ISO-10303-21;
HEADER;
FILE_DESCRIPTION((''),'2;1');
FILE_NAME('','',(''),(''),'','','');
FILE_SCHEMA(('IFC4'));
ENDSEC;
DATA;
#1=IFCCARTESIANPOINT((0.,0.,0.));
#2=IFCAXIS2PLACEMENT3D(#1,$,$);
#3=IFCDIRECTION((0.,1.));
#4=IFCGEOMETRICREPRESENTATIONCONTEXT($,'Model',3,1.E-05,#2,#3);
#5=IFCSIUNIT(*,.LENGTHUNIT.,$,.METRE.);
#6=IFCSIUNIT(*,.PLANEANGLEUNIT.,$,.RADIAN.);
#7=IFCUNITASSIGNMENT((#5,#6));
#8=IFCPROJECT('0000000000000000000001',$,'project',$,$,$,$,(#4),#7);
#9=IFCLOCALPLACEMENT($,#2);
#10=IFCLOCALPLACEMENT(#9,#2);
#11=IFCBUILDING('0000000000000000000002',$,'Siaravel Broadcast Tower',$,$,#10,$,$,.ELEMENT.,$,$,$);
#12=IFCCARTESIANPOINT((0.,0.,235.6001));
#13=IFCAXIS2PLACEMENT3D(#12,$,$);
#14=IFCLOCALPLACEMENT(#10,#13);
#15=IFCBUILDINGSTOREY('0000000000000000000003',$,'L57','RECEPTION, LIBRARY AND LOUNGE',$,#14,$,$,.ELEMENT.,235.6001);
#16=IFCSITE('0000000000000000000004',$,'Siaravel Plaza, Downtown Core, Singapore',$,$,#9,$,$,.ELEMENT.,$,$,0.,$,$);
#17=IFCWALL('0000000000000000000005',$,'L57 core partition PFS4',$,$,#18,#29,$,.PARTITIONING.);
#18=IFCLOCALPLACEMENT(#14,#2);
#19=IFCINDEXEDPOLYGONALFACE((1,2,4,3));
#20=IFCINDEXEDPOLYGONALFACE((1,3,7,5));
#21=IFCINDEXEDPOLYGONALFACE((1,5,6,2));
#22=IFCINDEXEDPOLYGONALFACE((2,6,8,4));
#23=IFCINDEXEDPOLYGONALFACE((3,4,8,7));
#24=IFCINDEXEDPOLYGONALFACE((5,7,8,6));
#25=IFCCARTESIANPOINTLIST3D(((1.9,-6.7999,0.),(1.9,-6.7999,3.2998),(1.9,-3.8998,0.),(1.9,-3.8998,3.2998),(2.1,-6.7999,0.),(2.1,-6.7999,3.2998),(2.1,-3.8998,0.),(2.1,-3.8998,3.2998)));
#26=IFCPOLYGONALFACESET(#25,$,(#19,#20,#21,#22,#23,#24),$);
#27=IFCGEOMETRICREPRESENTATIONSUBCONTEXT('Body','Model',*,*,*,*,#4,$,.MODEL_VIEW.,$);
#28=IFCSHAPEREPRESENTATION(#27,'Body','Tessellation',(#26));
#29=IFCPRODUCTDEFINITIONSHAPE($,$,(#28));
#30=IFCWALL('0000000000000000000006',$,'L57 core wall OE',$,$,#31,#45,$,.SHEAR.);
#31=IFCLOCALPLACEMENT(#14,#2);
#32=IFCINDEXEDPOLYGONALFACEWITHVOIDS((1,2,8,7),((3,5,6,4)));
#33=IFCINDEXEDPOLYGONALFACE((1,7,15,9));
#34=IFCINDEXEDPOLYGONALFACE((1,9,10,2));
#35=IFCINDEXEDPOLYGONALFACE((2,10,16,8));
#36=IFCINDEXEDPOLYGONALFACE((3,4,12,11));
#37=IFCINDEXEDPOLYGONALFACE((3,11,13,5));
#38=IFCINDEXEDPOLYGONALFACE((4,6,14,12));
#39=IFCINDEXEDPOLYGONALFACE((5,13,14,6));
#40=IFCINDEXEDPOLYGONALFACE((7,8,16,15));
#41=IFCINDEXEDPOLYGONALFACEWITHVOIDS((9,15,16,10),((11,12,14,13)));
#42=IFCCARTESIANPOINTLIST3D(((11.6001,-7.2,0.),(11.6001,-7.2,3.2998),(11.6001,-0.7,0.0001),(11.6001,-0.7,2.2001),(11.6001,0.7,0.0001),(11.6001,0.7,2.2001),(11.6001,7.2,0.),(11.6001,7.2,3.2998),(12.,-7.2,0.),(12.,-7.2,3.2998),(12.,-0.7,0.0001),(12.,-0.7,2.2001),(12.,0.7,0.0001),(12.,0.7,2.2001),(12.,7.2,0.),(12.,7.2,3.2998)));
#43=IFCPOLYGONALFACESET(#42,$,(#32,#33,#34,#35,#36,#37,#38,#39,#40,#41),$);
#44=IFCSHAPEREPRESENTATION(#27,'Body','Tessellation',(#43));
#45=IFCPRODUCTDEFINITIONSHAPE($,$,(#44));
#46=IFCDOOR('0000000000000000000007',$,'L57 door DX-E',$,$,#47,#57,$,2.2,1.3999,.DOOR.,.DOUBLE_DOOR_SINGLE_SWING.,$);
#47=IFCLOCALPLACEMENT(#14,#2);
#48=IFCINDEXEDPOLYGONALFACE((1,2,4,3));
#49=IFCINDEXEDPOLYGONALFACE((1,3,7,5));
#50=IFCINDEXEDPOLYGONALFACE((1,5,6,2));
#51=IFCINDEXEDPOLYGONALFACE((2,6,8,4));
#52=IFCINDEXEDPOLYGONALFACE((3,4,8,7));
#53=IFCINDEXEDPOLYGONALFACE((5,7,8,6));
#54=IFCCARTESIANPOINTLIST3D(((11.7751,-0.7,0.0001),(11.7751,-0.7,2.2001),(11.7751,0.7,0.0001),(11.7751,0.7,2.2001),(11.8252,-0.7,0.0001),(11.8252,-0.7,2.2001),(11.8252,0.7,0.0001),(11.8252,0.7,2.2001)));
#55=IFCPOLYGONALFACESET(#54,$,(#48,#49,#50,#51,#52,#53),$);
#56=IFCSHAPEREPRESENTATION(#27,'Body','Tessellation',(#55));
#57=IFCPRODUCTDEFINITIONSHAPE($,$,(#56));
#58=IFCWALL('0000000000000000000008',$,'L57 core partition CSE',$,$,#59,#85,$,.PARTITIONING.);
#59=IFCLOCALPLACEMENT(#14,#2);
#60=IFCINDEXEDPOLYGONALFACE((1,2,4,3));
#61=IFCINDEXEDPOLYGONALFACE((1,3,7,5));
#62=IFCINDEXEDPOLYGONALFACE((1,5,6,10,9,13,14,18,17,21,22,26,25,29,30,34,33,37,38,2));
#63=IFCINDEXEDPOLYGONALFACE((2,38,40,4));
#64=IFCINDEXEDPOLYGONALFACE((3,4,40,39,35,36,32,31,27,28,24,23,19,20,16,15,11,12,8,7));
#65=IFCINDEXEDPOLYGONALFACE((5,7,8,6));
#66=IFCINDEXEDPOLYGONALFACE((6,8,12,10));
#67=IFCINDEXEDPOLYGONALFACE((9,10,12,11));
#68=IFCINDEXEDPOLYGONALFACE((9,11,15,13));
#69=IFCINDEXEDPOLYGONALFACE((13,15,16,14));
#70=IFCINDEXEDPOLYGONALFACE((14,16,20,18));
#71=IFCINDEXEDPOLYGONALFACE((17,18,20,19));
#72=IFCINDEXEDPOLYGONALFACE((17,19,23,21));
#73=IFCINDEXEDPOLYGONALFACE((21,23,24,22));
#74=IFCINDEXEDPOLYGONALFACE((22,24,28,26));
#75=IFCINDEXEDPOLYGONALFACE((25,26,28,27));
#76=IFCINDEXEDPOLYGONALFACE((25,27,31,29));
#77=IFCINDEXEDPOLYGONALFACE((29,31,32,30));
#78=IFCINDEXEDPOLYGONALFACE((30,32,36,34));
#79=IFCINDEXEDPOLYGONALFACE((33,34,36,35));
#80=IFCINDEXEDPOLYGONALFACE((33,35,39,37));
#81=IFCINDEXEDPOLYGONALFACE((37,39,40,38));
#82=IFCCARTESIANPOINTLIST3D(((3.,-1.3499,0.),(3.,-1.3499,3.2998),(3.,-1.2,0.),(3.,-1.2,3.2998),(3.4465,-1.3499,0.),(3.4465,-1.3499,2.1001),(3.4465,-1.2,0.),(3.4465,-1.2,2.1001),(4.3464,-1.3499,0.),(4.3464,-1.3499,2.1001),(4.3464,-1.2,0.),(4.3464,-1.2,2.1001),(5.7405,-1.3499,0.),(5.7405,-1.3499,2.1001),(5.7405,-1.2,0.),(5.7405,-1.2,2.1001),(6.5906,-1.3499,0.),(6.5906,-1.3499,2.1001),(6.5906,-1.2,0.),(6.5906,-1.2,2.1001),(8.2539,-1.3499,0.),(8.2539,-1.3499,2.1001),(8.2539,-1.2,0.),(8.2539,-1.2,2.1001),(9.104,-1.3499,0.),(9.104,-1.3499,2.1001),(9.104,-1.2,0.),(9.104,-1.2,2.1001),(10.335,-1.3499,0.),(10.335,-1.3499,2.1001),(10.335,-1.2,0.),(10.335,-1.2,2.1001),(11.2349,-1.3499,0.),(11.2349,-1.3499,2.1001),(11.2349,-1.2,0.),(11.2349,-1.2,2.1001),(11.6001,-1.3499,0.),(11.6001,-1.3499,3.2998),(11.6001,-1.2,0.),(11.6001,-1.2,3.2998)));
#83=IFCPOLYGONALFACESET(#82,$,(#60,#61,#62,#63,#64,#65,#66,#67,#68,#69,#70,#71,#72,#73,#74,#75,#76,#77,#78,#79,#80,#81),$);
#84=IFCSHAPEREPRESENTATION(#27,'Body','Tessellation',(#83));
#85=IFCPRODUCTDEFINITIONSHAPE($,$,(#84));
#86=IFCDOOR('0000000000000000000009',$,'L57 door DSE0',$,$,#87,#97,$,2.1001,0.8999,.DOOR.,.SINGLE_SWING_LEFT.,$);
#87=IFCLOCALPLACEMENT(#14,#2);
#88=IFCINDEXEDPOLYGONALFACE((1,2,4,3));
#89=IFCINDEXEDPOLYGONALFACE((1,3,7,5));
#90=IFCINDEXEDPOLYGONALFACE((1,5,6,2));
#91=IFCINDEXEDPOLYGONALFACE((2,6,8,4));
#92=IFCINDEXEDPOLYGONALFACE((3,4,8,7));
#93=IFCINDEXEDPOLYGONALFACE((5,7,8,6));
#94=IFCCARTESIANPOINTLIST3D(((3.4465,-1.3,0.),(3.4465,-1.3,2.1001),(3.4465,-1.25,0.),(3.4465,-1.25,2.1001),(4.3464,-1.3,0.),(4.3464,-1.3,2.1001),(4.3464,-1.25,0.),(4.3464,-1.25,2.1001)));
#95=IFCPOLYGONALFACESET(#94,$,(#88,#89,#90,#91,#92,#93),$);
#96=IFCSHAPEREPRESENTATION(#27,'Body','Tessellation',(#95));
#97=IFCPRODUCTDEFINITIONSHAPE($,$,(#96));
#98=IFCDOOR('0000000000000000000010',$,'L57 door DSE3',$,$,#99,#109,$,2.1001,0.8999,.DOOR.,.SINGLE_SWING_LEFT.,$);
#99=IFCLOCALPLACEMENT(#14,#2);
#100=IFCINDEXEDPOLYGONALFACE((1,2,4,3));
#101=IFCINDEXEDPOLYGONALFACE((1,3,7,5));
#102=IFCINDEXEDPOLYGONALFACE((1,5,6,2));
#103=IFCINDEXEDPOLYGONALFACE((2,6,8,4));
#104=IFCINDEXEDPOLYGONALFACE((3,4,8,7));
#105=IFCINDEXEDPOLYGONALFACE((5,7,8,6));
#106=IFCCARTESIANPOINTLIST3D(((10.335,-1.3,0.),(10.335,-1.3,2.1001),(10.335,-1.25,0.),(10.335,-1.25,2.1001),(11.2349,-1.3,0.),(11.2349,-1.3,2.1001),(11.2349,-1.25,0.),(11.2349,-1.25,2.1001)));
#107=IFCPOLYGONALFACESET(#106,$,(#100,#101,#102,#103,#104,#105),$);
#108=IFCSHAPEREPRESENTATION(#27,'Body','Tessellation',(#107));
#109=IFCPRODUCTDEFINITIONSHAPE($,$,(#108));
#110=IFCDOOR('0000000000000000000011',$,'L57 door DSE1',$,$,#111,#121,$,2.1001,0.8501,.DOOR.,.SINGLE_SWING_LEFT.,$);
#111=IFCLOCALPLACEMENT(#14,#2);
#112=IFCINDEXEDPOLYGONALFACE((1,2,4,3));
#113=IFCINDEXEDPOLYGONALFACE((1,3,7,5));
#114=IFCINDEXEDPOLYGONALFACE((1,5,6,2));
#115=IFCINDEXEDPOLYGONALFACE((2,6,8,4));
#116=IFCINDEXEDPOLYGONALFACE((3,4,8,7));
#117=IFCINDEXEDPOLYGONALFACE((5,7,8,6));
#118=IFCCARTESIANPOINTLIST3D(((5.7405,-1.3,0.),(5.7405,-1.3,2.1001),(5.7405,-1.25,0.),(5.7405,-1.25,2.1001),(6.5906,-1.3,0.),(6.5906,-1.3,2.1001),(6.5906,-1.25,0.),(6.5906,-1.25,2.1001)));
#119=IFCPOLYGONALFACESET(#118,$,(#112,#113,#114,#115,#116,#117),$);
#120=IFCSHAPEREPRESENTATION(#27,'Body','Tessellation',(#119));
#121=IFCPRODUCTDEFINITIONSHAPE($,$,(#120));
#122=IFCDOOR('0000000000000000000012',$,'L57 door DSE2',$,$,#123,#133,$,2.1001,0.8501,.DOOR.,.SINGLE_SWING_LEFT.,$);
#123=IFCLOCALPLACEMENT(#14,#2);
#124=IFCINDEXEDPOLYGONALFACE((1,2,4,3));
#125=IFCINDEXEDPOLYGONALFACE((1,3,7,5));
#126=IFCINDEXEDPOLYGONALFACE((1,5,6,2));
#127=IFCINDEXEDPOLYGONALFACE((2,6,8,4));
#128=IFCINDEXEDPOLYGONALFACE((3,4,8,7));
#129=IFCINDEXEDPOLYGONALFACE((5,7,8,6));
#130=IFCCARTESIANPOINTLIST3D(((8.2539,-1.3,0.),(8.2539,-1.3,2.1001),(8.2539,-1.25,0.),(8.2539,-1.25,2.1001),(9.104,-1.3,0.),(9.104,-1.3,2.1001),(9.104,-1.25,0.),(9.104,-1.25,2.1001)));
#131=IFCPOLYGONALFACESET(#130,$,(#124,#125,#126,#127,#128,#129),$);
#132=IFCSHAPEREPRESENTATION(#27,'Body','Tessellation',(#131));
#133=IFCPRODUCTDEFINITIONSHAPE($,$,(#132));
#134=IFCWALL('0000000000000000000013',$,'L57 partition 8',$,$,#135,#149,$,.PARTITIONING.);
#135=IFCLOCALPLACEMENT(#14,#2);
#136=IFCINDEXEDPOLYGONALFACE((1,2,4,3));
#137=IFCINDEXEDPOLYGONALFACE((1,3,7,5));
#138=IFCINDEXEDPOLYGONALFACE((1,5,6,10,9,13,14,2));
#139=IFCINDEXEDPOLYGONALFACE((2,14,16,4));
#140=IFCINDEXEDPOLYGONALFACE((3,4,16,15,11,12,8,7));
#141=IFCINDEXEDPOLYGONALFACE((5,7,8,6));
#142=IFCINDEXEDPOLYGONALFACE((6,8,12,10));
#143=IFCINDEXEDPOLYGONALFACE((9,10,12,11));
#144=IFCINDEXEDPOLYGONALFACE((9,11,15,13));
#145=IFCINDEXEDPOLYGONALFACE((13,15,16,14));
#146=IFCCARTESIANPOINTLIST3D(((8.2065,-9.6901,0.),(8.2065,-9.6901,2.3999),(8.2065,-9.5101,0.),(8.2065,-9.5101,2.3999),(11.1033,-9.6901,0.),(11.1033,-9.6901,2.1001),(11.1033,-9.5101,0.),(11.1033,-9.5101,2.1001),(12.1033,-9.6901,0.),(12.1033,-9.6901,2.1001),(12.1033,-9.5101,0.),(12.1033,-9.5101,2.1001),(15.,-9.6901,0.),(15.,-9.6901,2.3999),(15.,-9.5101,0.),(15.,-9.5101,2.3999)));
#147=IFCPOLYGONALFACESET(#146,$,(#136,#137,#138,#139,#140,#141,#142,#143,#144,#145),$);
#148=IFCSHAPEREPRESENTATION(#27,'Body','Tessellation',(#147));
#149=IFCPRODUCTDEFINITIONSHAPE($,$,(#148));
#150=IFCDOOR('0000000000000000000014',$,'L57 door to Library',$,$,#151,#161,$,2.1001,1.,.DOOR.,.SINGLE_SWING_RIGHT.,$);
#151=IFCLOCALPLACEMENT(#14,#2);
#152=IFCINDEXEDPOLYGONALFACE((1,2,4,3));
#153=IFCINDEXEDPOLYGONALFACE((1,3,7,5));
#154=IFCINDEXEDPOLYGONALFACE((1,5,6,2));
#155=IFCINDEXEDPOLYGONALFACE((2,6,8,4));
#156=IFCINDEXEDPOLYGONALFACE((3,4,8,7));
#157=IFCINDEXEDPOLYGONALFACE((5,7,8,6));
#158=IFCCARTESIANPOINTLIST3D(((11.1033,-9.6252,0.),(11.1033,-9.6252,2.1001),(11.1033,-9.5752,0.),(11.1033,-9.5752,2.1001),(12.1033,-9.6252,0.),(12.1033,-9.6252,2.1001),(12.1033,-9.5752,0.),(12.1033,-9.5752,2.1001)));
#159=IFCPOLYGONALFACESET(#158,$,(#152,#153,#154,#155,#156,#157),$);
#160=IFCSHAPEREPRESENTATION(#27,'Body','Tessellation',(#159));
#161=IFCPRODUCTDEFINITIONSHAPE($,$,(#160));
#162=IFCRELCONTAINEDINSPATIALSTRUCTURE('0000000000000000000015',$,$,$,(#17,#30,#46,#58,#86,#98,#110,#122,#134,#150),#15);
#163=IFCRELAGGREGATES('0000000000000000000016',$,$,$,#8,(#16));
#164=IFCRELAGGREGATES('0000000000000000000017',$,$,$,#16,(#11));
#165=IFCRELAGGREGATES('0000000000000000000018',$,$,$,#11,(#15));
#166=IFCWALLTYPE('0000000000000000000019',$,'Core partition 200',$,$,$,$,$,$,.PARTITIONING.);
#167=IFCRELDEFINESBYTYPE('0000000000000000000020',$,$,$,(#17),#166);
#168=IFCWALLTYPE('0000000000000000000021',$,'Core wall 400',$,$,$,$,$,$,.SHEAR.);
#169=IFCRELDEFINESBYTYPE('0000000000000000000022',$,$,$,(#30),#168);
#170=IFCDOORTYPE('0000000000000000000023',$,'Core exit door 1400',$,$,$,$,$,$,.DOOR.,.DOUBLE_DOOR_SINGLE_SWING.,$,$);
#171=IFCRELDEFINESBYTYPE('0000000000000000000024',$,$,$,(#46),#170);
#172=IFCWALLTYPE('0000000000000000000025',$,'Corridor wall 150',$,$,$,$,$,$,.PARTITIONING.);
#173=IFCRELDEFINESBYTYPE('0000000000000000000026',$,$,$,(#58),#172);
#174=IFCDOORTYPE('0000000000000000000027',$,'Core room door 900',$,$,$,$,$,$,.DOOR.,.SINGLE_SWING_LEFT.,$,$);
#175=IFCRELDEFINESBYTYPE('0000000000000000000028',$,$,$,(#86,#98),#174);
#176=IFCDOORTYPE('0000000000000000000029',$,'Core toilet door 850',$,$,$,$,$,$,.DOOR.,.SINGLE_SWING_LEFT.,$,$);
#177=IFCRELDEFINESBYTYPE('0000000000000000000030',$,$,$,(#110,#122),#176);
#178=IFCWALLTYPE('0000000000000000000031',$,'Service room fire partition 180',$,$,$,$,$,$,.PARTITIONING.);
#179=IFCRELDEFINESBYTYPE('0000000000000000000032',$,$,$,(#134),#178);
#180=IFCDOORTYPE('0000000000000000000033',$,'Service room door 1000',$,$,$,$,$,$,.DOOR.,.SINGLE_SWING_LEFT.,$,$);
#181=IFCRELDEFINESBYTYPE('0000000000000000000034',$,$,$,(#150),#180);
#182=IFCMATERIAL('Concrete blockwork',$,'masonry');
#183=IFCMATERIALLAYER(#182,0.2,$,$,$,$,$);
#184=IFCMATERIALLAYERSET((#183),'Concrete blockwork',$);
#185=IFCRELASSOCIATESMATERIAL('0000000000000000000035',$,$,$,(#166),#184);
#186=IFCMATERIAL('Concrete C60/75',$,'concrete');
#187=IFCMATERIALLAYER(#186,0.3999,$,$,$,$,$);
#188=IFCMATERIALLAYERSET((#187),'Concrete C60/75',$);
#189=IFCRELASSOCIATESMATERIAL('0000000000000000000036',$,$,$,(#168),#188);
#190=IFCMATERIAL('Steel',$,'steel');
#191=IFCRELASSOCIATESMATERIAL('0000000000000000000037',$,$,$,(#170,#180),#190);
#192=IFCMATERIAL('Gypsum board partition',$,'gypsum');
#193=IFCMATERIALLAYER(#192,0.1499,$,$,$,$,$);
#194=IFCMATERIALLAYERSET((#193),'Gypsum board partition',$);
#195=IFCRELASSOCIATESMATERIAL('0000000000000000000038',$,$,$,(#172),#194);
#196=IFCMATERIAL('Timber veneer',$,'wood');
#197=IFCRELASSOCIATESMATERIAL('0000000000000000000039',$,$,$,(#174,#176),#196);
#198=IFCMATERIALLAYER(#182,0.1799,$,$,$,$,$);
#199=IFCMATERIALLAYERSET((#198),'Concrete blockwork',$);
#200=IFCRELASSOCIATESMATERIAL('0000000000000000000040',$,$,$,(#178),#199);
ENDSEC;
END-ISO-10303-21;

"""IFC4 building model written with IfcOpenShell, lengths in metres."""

from ifc_helpers import new_model, si_unit, direction, frame, frame_2d, origin, place, context, subcontext, project, spatial, rectangle, extrude, material, layer, layer_set, type_object, element, fill, save


model = new_model("IFC4")

# Units and contexts
model_context = context("Model", 3, precision=1e-05, world=origin(), true_north=direction((0.0, 1.0)))
body_context = subcontext(model_context, "Body", "Model", "MODEL_VIEW")
ifc_project = project(units=[si_unit("LENGTHUNIT", "METRE"), si_unit("PLANEANGLEUNIT", "RADIAN")], contexts=[model_context])

# Site, building, storey
site_placement = place(None, origin())
site = spatial("IfcSite", under=ifc_project, at=site_placement, Name="Siaravel Plaza, Downtown Core, Singapore", CompositionType="ELEMENT", RefElevation=0.0)
building_placement = place(site_placement, origin())
building = spatial("IfcBuilding", under=site, at=building_placement, Name="Siaravel Broadcast Tower", CompositionType="ELEMENT")
storey_placement = place(building_placement, frame((0.0, 0.0, 235.6001)))
storey = spatial("IfcBuildingStorey", under=building, at=storey_placement, Name="L57", Description="RECEPTION, LIBRARY AND LOUNGE", CompositionType="ELEMENT", Elevation=235.6001)

# Wall
ifc_material_1 = material(Name="Concrete blockwork", Category="masonry")
ifc_layer_1 = layer(ifc_material_1, 0.2)
ifc_layer_set_1 = layer_set([ifc_layer_1], Name="Concrete blockwork")
wall_type_1 = type_object("IfcWallType", Name="Core partition 200", PredefinedType="PARTITIONING", material=ifc_layer_set_1)
wall_1_placement = place(storey_placement, frame((2.0, -6.8, 0.0), z_axis=(0.0, 0.0, 1.0), x_axis=(0.0, 1.0, 0.0)))
element("IfcWall", 1, at=wall_1_placement, inside=storey, type_object=wall_type_1, Name="L57 core partition PFS4", PredefinedType="PARTITIONING", context=body_context, shape_type="SweptSolid", body=[
    extrude(rectangle(XDim=2.9001, YDim=0.2, at=frame_2d((1.4502, 0.0))), origin(), (0.0, 0.0, 1.0), 3.2998),
])

# Wall, opening, door
ifc_material_2 = material(Name="Concrete C60/75", Category="concrete")
ifc_layer_2 = layer(ifc_material_2, 0.3999)
ifc_layer_set_2 = layer_set([ifc_layer_2], Name="Concrete C60/75")
wall_type_2 = type_object("IfcWallType", Name="Core wall 400", PredefinedType="SHEAR", material=ifc_layer_set_2)
wall_2_placement = place(storey_placement, frame((11.8, -7.2, 0.0), z_axis=(0.0, 0.0, 1.0), x_axis=(0.0, 1.0, 0.0)))
wall_2 = element("IfcWall", 2, at=wall_2_placement, inside=storey, type_object=wall_type_2, Name="L57 core wall OE", PredefinedType="SHEAR", context=body_context, shape_type="SweptSolid", body=[
    extrude(rectangle(XDim=14.3999, YDim=0.3999, at=frame_2d((7.2, 0.0))), origin(), (0.0, 0.0, 1.0), 3.2998),
])
opening_1_placement = place(wall_2_placement, frame((6.5, 0.0, 0.0)))
opening_1 = element("IfcOpeningElement", 3, at=opening_1_placement, cuts=wall_2, PredefinedType="OPENING", context=body_context, shape_type="SweptSolid", body=[
    extrude(rectangle(XDim=1.3999, YDim=2.2, at=frame_2d((0.7, 1.1001))), frame((0.0, 0.21, 0.0), z_axis=(0.0, -1.0, 0.0), x_axis=(1.0, 0.0, 0.0)), (0.0, 0.0, 1.0), 0.4199),
])
ifc_material_3 = material(Name="Steel", Category="steel")
door_type_1 = type_object("IfcDoorType", Name="Core exit door 1400", OperationType="DOUBLE_DOOR_SINGLE_SWING", PredefinedType="DOOR", material=ifc_material_3)
door_1_placement = place(opening_1_placement, origin())
door_1 = element("IfcDoor", 4, at=door_1_placement, inside=storey, type_object=door_type_1, Name="L57 door DX-E", OperationType="DOUBLE_DOOR_SINGLE_SWING", OverallHeight=2.2, OverallWidth=1.3999, PredefinedType="DOOR", context=body_context, shape_type="SweptSolid", body=[
    extrude(rectangle(XDim=1.3999, YDim=2.2, at=frame_2d((0.7, 1.1001))), frame((0.0, 0.0249, 0.0), z_axis=(0.0, -1.0, 0.0), x_axis=(1.0, 0.0, 0.0)), (0.0, 0.0, 1.0), 0.05),
])
fill(opening_1, door_1)

# Wall, openings, doors
ifc_material_4 = material(Name="Gypsum board partition", Category="gypsum")
ifc_layer_3 = layer(ifc_material_4, 0.1499)
ifc_layer_set_3 = layer_set([ifc_layer_3], Name="Gypsum board partition")
wall_type_3 = type_object("IfcWallType", Name="Corridor wall 150", PredefinedType="PARTITIONING", material=ifc_layer_set_3)
wall_3_placement = place(storey_placement, frame((3.0, -1.2749, 0.0), z_axis=(0.0, 0.0, 1.0), x_axis=(1.0, 0.0, 0.0)))
wall_3 = element("IfcWall", 5, at=wall_3_placement, inside=storey, type_object=wall_type_3, Name="L57 core partition CSE", PredefinedType="PARTITIONING", context=body_context, shape_type="SweptSolid", body=[
    extrude(rectangle(XDim=8.6001, YDim=0.1499, at=frame_2d((4.3, 0.0))), origin(), (0.0, 0.0, 1.0), 3.2998),
])
opening_2_placement = place(wall_3_placement, frame((0.4465, 0.0, 0.0)))
opening_2 = element("IfcOpeningElement", 6, at=opening_2_placement, cuts=wall_3, PredefinedType="OPENING", context=body_context, shape_type="SweptSolid", body=[
    extrude(rectangle(XDim=0.8999, YDim=2.1001, at=frame_2d((0.45, 1.05))), frame((0.0, 0.085, 0.0), z_axis=(0.0, -1.0, 0.0), x_axis=(1.0, 0.0, 0.0)), (0.0, 0.0, 1.0), 0.1699),
])
opening_3_placement = place(wall_3_placement, frame((2.7405, 0.0, 0.0)))
opening_3 = element("IfcOpeningElement", 7, at=opening_3_placement, cuts=wall_3, PredefinedType="OPENING", context=body_context, shape_type="SweptSolid", body=[
    extrude(rectangle(XDim=0.8501, YDim=2.1001, at=frame_2d((0.425, 1.05))), frame((0.0, 0.085, 0.0), z_axis=(0.0, -1.0, 0.0), x_axis=(1.0, 0.0, 0.0)), (0.0, 0.0, 1.0), 0.1699),
])
opening_4_placement = place(wall_3_placement, frame((5.2539, 0.0, 0.0)))
opening_4 = element("IfcOpeningElement", 8, at=opening_4_placement, cuts=wall_3, PredefinedType="OPENING", context=body_context, shape_type="SweptSolid", body=[
    extrude(rectangle(XDim=0.8501, YDim=2.1001, at=frame_2d((0.425, 1.05))), frame((0.0, 0.085, 0.0), z_axis=(0.0, -1.0, 0.0), x_axis=(1.0, 0.0, 0.0)), (0.0, 0.0, 1.0), 0.1699),
])
opening_5_placement = place(wall_3_placement, frame((7.335, 0.0, 0.0)))
opening_5 = element("IfcOpeningElement", 9, at=opening_5_placement, cuts=wall_3, PredefinedType="OPENING", context=body_context, shape_type="SweptSolid", body=[
    extrude(rectangle(XDim=0.8999, YDim=2.1001, at=frame_2d((0.45, 1.05))), frame((0.0, 0.085, 0.0), z_axis=(0.0, -1.0, 0.0), x_axis=(1.0, 0.0, 0.0)), (0.0, 0.0, 1.0), 0.1699),
])
ifc_material_5 = material(Name="Timber veneer", Category="wood")
door_type_2 = type_object("IfcDoorType", Name="Core room door 900", OperationType="SINGLE_SWING_LEFT", PredefinedType="DOOR", material=ifc_material_5)
door_2_placement = place(opening_2_placement, origin())
door_2 = element("IfcDoor", 10, at=door_2_placement, inside=storey, type_object=door_type_2, Name="L57 door DSE0", OperationType="SINGLE_SWING_LEFT", OverallHeight=2.1001, OverallWidth=0.8999, PredefinedType="DOOR", context=body_context, shape_type="SweptSolid", body=[
    extrude(rectangle(XDim=0.8999, YDim=2.1001, at=frame_2d((0.45, 1.05))), frame((0.0, 0.0249, 0.0), z_axis=(0.0, -1.0, 0.0), x_axis=(1.0, 0.0, 0.0)), (0.0, 0.0, 1.0), 0.05),
])
fill(opening_2, door_2)
door_3_placement = place(opening_5_placement, origin())
door_3 = element("IfcDoor", 11, at=door_3_placement, inside=storey, type_object=door_type_2, Name="L57 door DSE3", OperationType="SINGLE_SWING_LEFT", OverallHeight=2.1001, OverallWidth=0.8999, PredefinedType="DOOR", context=body_context, shape_type="SweptSolid", body=[
    extrude(rectangle(XDim=0.8999, YDim=2.1001, at=frame_2d((0.45, 1.05))), frame((0.0, 0.0249, 0.0), z_axis=(0.0, -1.0, 0.0), x_axis=(1.0, 0.0, 0.0)), (0.0, 0.0, 1.0), 0.05),
])
fill(opening_5, door_3)
door_type_3 = type_object("IfcDoorType", Name="Core toilet door 850", OperationType="SINGLE_SWING_LEFT", PredefinedType="DOOR", material=ifc_material_5)
door_4_placement = place(opening_3_placement, origin())
door_4 = element("IfcDoor", 12, at=door_4_placement, inside=storey, type_object=door_type_3, Name="L57 door DSE1", OperationType="SINGLE_SWING_LEFT", OverallHeight=2.1001, OverallWidth=0.8501, PredefinedType="DOOR", context=body_context, shape_type="SweptSolid", body=[
    extrude(rectangle(XDim=0.8501, YDim=2.1001, at=frame_2d((0.425, 1.05))), frame((0.0, 0.0249, 0.0), z_axis=(0.0, -1.0, 0.0), x_axis=(1.0, 0.0, 0.0)), (0.0, 0.0, 1.0), 0.05),
])
fill(opening_3, door_4)
door_5_placement = place(opening_4_placement, origin())
door_5 = element("IfcDoor", 13, at=door_5_placement, inside=storey, type_object=door_type_3, Name="L57 door DSE2", OperationType="SINGLE_SWING_LEFT", OverallHeight=2.1001, OverallWidth=0.8501, PredefinedType="DOOR", context=body_context, shape_type="SweptSolid", body=[
    extrude(rectangle(XDim=0.8501, YDim=2.1001, at=frame_2d((0.425, 1.05))), frame((0.0, 0.0249, 0.0), z_axis=(0.0, -1.0, 0.0), x_axis=(1.0, 0.0, 0.0)), (0.0, 0.0, 1.0), 0.05),
])
fill(opening_4, door_5)

# Wall, opening, door
ifc_layer_4 = layer(ifc_material_1, 0.1799)
ifc_layer_set_4 = layer_set([ifc_layer_4], Name="Concrete blockwork")
wall_type_4 = type_object("IfcWallType", Name="Service room fire partition 180", PredefinedType="PARTITIONING", material=ifc_layer_set_4)
wall_4_placement = place(storey_placement, frame((8.2065, -9.6001, 0.0), z_axis=(0.0, 0.0, 1.0), x_axis=(1.0, 0.0, 0.0)))
wall_4 = element("IfcWall", 14, at=wall_4_placement, inside=storey, type_object=wall_type_4, Name="L57 partition 8", PredefinedType="PARTITIONING", context=body_context, shape_type="SweptSolid", body=[
    extrude(rectangle(XDim=6.7935, YDim=0.1799, at=frame_2d((3.3967, 0.0))), origin(), (0.0, 0.0, 1.0), 2.3999),
])
opening_6_placement = place(wall_4_placement, frame((2.8967, 0.0, 0.0)))
opening_6 = element("IfcOpeningElement", 15, at=opening_6_placement, cuts=wall_4, PredefinedType="OPENING", context=body_context, shape_type="SweptSolid", body=[
    extrude(rectangle(XDim=1.0, YDim=2.1001, at=frame_2d((0.5, 1.05))), frame((0.0, 0.0999, 0.0), z_axis=(0.0, -1.0, 0.0), x_axis=(1.0, 0.0, 0.0)), (0.0, 0.0, 1.0), 0.2),
])
door_type_4 = type_object("IfcDoorType", Name="Service room door 1000", OperationType="SINGLE_SWING_LEFT", PredefinedType="DOOR", material=ifc_material_3)
door_6_placement = place(opening_6_placement, origin())
door_6 = element("IfcDoor", 16, at=door_6_placement, inside=storey, type_object=door_type_4, Name="L57 door to Library", OperationType="SINGLE_SWING_RIGHT", OverallHeight=2.1001, OverallWidth=1.0, PredefinedType="DOOR", context=body_context, shape_type="SweptSolid", body=[
    extrude(rectangle(XDim=1.0, YDim=2.1001, at=frame_2d((0.5, 1.05))), frame((0.0, 0.0249, 0.0), z_axis=(0.0, -1.0, 0.0), x_axis=(1.0, 0.0, 0.0)), (0.0, 0.0, 1.0), 0.05),
])
fill(opening_6, door_6)

save(model, "model.ifc")
